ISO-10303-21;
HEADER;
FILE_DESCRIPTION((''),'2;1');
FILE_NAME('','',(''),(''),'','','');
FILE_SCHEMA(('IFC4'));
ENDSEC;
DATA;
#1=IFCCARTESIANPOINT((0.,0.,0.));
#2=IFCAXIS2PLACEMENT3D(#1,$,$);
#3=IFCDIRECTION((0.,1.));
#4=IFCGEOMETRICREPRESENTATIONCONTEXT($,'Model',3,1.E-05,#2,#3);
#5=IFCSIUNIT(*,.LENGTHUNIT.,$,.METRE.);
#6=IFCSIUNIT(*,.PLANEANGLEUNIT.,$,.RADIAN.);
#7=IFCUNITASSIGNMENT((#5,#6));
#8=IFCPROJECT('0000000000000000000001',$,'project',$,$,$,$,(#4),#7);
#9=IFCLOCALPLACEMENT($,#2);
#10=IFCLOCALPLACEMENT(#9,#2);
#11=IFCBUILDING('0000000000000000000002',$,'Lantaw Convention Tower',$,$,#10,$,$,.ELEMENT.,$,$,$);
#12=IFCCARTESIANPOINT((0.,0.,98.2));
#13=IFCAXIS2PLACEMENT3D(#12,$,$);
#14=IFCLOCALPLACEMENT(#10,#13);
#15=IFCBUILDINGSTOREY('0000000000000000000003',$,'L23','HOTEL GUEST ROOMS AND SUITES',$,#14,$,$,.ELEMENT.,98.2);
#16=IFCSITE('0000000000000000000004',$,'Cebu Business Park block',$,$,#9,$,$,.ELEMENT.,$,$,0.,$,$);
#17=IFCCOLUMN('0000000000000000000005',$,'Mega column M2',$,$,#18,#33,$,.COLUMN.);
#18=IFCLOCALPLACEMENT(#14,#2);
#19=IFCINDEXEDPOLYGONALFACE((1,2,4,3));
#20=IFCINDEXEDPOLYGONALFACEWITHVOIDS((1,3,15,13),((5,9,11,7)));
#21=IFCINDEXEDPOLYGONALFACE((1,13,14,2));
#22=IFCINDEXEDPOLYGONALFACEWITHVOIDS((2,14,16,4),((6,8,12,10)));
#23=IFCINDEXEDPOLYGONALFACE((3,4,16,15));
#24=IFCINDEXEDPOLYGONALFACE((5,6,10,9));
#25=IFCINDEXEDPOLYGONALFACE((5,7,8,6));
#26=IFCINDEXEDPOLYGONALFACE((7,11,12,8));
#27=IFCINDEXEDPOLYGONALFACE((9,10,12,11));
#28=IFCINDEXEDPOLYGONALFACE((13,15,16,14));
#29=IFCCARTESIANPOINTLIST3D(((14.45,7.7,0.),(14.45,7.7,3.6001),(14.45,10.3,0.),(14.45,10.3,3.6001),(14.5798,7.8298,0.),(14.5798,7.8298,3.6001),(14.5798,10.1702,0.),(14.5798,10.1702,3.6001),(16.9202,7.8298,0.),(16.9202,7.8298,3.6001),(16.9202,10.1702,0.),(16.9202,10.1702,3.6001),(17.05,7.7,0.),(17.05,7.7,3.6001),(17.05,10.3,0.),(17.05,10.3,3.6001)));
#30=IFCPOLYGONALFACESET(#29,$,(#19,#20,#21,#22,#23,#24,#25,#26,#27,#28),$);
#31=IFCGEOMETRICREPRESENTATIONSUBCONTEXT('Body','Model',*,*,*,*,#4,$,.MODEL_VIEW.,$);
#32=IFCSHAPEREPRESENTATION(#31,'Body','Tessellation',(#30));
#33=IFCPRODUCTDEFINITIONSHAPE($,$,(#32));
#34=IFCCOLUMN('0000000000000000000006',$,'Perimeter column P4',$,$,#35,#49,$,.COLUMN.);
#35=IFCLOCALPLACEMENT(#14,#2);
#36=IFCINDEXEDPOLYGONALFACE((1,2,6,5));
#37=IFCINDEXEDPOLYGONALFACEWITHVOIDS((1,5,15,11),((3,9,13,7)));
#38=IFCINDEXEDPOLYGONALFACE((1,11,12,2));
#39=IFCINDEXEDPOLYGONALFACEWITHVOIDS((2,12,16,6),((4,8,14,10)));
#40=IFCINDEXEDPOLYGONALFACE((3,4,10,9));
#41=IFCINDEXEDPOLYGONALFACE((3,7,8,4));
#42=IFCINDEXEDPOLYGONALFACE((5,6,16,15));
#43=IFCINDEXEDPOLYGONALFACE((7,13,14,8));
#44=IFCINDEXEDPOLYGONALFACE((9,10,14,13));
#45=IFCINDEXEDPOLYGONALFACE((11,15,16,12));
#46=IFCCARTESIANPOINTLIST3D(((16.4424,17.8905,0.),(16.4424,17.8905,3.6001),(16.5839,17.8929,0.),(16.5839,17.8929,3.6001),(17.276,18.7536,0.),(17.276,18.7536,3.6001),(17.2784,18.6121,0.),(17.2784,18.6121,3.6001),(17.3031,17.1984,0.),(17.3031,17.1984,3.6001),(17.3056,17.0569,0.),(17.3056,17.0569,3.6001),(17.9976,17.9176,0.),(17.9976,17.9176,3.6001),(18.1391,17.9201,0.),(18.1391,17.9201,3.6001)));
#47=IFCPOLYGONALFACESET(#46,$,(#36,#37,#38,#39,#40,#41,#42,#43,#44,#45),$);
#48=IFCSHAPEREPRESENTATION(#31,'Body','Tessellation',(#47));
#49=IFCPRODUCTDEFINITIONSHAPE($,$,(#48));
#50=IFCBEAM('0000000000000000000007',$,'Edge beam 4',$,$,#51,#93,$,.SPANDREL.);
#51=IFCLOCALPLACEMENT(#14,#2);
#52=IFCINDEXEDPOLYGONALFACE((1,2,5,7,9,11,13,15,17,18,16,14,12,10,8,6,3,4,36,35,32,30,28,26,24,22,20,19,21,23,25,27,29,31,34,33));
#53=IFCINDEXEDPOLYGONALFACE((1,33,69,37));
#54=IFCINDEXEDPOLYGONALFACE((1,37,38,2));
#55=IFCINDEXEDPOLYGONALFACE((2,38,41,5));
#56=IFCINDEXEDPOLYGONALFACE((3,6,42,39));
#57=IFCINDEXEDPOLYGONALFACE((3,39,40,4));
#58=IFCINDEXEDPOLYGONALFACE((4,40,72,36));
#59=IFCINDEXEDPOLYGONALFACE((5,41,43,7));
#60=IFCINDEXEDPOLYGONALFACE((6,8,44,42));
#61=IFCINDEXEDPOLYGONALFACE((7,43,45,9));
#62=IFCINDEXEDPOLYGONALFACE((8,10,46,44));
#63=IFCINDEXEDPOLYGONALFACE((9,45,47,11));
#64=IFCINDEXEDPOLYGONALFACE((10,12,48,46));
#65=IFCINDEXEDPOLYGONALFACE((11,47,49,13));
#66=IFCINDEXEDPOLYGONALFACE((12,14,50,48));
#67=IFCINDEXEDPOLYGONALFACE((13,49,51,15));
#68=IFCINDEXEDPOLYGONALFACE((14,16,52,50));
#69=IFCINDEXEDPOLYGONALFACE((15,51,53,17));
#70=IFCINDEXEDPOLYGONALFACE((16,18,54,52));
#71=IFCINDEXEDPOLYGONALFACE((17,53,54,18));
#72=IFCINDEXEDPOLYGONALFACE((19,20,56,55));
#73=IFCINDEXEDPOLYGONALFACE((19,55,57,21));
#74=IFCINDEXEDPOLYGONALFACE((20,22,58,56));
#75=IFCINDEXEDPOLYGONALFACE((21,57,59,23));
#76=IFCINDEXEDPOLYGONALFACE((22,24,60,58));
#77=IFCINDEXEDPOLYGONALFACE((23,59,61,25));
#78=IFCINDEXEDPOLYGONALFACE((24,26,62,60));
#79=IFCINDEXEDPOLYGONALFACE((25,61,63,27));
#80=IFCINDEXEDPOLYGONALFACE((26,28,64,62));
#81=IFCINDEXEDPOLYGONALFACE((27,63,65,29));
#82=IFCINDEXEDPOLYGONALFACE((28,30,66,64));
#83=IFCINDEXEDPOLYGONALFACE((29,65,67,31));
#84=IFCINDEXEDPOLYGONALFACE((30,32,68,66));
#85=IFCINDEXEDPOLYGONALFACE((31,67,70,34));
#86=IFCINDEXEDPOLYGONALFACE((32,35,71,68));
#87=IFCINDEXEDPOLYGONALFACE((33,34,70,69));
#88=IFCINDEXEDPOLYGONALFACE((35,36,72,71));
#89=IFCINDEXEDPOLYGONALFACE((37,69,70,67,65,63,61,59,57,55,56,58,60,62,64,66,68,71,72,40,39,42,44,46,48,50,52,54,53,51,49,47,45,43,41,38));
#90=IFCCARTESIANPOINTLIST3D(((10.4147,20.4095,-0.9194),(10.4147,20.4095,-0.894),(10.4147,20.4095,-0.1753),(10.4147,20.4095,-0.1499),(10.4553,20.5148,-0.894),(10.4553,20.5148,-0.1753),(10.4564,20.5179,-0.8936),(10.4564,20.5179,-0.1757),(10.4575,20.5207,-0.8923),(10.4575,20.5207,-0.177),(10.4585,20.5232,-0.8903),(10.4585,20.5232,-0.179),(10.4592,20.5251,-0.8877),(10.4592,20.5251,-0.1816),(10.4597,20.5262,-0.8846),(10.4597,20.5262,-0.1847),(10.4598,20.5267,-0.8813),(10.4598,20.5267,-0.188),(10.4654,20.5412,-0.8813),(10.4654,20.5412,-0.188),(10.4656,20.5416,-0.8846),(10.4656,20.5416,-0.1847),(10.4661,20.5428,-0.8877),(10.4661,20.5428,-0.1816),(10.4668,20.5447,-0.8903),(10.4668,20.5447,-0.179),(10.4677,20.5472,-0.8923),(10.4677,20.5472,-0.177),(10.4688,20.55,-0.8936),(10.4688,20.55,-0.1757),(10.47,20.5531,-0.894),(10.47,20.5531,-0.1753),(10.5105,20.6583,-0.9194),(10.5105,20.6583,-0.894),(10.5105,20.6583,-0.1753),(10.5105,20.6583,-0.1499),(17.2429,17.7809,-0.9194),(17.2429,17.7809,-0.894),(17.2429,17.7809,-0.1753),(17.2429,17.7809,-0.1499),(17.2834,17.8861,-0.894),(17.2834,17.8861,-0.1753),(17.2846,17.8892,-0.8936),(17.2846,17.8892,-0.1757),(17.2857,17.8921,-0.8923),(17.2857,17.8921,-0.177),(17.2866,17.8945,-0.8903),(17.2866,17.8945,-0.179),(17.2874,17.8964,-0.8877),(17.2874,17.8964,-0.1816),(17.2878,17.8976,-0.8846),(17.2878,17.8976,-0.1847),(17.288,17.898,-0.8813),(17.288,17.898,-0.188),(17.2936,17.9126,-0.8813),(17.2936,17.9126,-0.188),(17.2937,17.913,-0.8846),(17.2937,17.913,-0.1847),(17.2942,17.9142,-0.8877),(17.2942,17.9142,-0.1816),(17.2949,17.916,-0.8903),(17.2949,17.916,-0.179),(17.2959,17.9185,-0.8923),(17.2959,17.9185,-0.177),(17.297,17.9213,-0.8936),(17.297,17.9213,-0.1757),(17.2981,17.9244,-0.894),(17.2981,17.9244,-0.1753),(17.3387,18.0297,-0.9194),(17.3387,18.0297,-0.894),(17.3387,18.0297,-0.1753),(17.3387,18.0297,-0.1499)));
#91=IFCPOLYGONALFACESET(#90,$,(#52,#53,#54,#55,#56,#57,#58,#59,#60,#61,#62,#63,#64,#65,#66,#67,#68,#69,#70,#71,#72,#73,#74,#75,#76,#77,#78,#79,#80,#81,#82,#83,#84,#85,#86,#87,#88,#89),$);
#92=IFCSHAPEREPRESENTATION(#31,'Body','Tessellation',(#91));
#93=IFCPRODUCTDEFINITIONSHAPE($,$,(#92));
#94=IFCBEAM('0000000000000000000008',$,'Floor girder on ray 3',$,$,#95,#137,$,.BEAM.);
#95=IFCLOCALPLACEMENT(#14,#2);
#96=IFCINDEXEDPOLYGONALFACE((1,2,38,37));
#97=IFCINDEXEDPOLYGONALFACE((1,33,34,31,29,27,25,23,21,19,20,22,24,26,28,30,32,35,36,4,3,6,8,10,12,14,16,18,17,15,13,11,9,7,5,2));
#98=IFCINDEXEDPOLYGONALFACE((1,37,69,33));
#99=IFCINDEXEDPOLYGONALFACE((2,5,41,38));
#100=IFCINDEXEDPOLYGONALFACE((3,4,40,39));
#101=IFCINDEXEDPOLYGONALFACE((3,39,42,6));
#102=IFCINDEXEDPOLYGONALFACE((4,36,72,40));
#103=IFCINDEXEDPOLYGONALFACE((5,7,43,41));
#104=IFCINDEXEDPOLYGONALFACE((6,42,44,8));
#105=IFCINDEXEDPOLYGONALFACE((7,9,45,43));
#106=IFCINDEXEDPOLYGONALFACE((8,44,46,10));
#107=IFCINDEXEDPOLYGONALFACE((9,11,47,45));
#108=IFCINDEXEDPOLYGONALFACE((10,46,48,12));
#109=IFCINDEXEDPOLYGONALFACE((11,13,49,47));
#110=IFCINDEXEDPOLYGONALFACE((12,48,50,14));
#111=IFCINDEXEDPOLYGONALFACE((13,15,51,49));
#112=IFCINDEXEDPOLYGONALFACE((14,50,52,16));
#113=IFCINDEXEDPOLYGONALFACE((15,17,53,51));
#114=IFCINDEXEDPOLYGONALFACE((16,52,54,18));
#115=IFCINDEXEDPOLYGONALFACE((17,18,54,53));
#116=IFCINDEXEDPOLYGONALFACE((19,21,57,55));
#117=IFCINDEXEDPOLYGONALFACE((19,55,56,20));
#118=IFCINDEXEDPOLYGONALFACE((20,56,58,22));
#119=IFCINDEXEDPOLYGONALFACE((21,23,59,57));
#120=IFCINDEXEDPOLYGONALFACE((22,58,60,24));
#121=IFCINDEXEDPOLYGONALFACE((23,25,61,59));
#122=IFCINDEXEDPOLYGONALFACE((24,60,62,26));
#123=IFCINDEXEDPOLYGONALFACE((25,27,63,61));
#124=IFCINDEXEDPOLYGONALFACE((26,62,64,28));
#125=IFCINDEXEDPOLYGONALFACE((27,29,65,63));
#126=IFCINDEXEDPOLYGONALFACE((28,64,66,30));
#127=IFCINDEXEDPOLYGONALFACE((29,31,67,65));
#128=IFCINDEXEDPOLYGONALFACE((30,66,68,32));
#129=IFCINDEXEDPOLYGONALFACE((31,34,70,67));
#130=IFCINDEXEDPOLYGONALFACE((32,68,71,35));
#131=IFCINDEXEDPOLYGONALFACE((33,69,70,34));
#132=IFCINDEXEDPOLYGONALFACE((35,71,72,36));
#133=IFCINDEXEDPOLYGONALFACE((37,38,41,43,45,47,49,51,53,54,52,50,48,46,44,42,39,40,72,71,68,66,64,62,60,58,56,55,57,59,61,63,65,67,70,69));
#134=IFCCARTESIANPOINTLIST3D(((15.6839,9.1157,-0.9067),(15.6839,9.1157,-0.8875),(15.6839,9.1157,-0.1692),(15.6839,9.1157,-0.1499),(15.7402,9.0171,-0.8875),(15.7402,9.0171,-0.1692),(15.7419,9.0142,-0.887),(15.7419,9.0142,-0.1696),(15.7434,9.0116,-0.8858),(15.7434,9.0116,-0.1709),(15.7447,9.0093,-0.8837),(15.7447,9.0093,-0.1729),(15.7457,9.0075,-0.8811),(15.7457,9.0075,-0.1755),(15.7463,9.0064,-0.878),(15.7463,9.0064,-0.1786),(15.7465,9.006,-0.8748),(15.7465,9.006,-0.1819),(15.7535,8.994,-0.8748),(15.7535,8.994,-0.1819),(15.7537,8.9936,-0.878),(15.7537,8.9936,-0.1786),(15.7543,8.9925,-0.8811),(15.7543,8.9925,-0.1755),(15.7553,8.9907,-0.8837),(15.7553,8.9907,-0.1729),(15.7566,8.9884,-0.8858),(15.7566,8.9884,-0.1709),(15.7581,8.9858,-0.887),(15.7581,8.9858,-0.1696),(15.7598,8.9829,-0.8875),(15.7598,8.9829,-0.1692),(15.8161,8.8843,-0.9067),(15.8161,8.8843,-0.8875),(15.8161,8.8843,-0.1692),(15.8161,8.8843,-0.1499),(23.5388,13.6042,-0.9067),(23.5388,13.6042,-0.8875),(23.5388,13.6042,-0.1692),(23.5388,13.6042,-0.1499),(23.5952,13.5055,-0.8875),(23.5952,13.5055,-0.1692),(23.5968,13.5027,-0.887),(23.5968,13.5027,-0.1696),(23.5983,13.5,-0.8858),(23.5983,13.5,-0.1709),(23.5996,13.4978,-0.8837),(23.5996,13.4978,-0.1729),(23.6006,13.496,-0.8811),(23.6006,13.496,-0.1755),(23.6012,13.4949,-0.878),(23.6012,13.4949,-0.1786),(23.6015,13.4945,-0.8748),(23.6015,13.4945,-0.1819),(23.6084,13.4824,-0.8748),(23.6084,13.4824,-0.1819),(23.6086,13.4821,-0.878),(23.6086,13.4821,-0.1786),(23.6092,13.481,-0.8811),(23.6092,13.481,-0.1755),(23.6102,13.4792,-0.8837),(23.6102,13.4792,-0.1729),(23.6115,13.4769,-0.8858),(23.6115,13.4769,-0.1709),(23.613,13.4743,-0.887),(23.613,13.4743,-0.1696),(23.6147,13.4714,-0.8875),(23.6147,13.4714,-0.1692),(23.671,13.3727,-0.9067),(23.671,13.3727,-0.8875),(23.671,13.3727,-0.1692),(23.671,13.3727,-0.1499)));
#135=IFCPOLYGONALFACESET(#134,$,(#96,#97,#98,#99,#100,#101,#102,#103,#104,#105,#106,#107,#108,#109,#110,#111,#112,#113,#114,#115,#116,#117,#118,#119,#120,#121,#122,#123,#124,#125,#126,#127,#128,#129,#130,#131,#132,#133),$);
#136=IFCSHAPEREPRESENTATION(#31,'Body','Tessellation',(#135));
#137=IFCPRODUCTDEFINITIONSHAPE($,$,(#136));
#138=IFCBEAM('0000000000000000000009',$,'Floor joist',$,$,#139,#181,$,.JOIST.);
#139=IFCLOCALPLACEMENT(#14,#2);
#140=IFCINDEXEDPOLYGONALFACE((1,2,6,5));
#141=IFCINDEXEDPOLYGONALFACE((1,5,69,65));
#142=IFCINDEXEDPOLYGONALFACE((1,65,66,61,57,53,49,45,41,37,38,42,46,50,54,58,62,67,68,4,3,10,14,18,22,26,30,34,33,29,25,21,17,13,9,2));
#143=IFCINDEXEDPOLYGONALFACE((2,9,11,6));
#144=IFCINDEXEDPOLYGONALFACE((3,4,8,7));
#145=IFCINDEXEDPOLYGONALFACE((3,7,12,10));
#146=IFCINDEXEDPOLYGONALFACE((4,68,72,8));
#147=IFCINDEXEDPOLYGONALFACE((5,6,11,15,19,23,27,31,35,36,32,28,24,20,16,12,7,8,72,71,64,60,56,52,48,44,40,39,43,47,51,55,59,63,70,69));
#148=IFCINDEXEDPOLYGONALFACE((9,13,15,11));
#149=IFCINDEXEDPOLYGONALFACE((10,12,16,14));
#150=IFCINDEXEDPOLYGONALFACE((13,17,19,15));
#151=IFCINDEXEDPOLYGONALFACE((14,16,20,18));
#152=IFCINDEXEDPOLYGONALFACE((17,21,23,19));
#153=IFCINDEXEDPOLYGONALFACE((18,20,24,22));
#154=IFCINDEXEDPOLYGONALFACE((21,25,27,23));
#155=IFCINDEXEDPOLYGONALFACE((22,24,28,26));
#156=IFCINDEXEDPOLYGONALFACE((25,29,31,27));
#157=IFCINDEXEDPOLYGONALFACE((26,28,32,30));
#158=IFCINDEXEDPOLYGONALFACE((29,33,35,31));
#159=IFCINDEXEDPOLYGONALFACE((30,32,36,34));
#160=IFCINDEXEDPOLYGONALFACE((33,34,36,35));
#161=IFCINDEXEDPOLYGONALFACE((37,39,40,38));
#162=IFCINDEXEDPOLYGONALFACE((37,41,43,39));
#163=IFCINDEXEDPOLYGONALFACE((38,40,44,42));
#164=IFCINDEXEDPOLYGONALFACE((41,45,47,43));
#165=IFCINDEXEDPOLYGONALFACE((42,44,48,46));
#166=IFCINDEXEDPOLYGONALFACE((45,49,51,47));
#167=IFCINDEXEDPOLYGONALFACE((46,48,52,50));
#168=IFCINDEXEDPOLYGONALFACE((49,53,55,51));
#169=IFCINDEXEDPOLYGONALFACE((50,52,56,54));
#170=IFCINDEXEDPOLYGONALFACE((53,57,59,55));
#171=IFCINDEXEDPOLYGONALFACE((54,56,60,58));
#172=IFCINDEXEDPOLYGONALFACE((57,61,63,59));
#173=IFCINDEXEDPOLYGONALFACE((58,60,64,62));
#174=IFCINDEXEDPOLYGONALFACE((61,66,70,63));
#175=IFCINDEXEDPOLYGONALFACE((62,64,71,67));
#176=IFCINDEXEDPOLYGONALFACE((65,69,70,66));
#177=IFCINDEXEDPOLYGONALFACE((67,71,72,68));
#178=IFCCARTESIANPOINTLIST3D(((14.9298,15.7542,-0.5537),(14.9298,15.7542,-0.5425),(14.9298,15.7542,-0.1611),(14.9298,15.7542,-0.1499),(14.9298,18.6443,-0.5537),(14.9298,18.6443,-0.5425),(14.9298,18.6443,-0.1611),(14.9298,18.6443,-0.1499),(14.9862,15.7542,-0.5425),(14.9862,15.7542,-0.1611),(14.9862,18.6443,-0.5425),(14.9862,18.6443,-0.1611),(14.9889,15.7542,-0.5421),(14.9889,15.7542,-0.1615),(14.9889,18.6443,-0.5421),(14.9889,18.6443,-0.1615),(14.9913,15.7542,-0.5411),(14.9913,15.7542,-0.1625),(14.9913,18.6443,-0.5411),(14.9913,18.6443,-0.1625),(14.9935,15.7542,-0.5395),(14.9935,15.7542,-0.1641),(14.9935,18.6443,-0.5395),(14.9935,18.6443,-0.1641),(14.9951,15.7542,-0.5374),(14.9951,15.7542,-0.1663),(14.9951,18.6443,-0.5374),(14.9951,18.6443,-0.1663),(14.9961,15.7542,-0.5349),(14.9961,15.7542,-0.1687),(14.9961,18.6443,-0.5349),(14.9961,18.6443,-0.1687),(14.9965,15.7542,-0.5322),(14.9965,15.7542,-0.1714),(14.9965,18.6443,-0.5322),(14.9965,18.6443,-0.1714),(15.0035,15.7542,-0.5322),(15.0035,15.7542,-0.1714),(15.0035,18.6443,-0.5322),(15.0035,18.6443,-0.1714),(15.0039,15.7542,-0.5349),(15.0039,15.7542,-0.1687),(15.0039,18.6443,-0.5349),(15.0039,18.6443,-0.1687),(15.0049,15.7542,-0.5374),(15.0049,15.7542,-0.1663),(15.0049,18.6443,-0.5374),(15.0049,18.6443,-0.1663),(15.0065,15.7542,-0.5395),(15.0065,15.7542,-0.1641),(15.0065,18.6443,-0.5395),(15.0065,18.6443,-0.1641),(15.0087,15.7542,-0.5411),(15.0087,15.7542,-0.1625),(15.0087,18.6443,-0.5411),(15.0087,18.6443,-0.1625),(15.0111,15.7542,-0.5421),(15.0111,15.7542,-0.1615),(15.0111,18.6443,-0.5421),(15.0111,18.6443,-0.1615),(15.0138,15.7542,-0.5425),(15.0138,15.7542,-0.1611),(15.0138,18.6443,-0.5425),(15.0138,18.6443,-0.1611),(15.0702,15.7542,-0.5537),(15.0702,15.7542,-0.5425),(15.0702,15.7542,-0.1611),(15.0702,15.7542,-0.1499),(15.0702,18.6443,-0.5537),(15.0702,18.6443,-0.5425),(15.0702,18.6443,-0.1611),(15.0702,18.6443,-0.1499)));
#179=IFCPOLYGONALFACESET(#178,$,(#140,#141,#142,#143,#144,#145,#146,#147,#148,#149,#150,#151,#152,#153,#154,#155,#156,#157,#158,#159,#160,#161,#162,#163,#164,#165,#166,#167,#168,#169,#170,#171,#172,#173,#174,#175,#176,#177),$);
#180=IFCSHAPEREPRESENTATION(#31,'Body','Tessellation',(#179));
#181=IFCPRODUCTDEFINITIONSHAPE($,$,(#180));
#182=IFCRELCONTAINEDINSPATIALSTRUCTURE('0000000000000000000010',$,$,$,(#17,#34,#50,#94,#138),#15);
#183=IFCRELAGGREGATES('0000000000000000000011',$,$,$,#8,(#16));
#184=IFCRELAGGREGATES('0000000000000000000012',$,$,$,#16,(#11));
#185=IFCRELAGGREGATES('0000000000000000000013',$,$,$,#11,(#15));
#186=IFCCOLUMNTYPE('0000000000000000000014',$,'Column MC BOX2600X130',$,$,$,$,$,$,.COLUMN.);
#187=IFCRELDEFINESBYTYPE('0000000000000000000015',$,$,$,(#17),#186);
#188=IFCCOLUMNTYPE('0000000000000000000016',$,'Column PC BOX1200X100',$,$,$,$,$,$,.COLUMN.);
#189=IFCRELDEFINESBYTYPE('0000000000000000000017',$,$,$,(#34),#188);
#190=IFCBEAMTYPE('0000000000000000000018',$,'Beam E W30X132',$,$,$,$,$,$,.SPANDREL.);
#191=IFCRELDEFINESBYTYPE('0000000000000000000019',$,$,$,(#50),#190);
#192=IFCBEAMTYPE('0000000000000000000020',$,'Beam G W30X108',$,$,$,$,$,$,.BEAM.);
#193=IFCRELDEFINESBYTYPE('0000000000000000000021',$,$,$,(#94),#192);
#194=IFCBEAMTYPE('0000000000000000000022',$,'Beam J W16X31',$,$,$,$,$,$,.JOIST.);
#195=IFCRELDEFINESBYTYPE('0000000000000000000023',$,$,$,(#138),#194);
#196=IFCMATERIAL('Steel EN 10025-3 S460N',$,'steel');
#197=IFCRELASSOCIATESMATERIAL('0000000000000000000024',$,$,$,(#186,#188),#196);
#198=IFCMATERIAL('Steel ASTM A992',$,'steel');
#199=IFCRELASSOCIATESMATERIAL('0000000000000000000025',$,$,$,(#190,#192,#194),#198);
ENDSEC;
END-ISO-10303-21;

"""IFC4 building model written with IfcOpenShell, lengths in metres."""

from ifc_helpers import new_model, si_unit, direction, frame, origin, origin_2d, place, context, subcontext, project, spatial, rectangle, hollow_rectangle, i_section, extrude, material, material_profile, profile_set, type_object, element, save


model = new_model("IFC4")

# Units and contexts
model_context = context("Model", 3, precision=1e-05, world=origin(), true_north=direction((0.0, 1.0)))
body_context = subcontext(model_context, "Body", "Model", "MODEL_VIEW")
ifc_project = project(units=[si_unit("LENGTHUNIT", "METRE"), si_unit("PLANEANGLEUNIT", "RADIAN")], contexts=[model_context])

# Site, building, storey
site_placement = place(None, origin())
site = spatial("IfcSite", under=ifc_project, at=site_placement, Name="Cebu Business Park block", CompositionType="ELEMENT", RefElevation=0.0)
building_placement = place(site_placement, origin())
building = spatial("IfcBuilding", under=site, at=building_placement, Name="Lantaw Convention Tower", CompositionType="ELEMENT")
storey_placement = place(building_placement, frame((0.0, 0.0, 98.2)))
storey = spatial("IfcBuildingStorey", under=building, at=storey_placement, Name="L23", Description="HOTEL GUEST ROOMS AND SUITES", CompositionType="ELEMENT", Elevation=98.2)

# Columns
ifc_material_1 = material(Name="Steel EN 10025-3 S460N", Category="steel")
ifc_material_profile_1 = material_profile(ifc_material_1, hollow_rectangle(XDim=2.6001, YDim=2.6001, WallThickness=0.1299, at=origin_2d()), Name="BOX2600X130")
ifc_material_2 = material(Name="Concrete C60/75", Category="concrete")
ifc_material_profile_2 = material_profile(ifc_material_2, rectangle(XDim=2.3401, YDim=2.3401, at=origin_2d()), Name="Concrete fill of BOX2600X130")
ifc_profile_set_1 = profile_set([ifc_material_profile_1, ifc_material_profile_2], Name="Steel EN 10025-3 S460N")
column_type_1 = type_object("IfcColumnType", Name="Column MC BOX2600X130", PredefinedType="COLUMN", material=ifc_profile_set_1)
column_1_placement = place(storey_placement, frame((15.75, 9.0, 0.0), z_axis=(0.0, 0.0, 1.0), x_axis=(1.0, 0.0, 0.0)))
element("IfcColumn", 1, at=column_1_placement, inside=storey, type_object=column_type_1, Name="Mega column M2", PredefinedType="COLUMN", context=body_context, shape_type="SweptSolid", body=[
    extrude(hollow_rectangle(XDim=2.6001, YDim=2.6001, WallThickness=0.1299, at=origin_2d()), origin(), (0.0, 0.0, 1.0), 3.6001),
])
ifc_material_profile_3 = material_profile(ifc_material_1, hollow_rectangle(XDim=1.2, YDim=1.2, WallThickness=0.1001, at=origin_2d()), Name="BOX1200X100")
ifc_material_profile_4 = material_profile(ifc_material_2, rectangle(XDim=1.0, YDim=1.0, at=origin_2d()), Name="Concrete fill of BOX1200X100")
ifc_profile_set_2 = profile_set([ifc_material_profile_3, ifc_material_profile_4], Name="Steel EN 10025-3 S460N")
column_type_2 = type_object("IfcColumnType", Name="Column PC BOX1200X100", PredefinedType="COLUMN", material=ifc_profile_set_2)
column_2_placement = place(storey_placement, frame((17.2908, 17.9053, 0.0), z_axis=(0.0, 0.0, 1.0), x_axis=(0.694658, 0.71934, 0.0)))
element("IfcColumn", 2, at=column_2_placement, inside=storey, type_object=column_type_2, Name="Perimeter column P4", PredefinedType="COLUMN", context=body_context, shape_type="SweptSolid", body=[
    extrude(hollow_rectangle(XDim=1.2, YDim=1.2, WallThickness=0.1001, at=origin_2d()), origin(), (0.0, 0.0, 1.0), 3.6001),
])

# Beams
ifc_material_3 = material(Name="Steel ASTM A992", Category="steel")
ifc_material_profile_5 = material_profile(ifc_material_3, i_section(OverallWidth=0.2666, OverallDepth=0.7695, WebThickness=0.0156, FlangeThickness=0.0254, FilletRadius=0.0127, at=origin_2d()), Name="W30X132")
ifc_profile_set_3 = profile_set([ifc_material_profile_5], Name="Steel ASTM A992")
beam_type_1 = type_object("IfcBeamType", Name="Beam E W30X132", PredefinedType="SPANDREL", material=ifc_profile_set_3)
beam_1_placement = place(storey_placement, frame((17.2908, 17.9053, -0.5347), z_axis=(-0.933233, 0.359272, 0.0), x_axis=(-0.359272, -0.933233, 0.0)))
element("IfcBeam", 3, at=beam_1_placement, inside=storey, type_object=beam_type_1, Name="Edge beam 4", PredefinedType="SPANDREL", context=body_context, shape_type="SweptSolid", body=[
    extrude(i_section(OverallWidth=0.2666, OverallDepth=0.7695, WebThickness=0.0156, FlangeThickness=0.0254, FilletRadius=0.0127, at=origin_2d()), origin(), (0.0, 0.0, 1.0), 7.3167),
])
ifc_material_profile_6 = material_profile(ifc_material_3, i_section(OverallWidth=0.2666, OverallDepth=0.7568, WebThickness=0.0139, FlangeThickness=0.0193, FilletRadius=0.0127, at=origin_2d()), Name="W30X108")
ifc_profile_set_4 = profile_set([ifc_material_profile_6], Name="Steel ASTM A992")
beam_type_2 = type_object("IfcBeamType", Name="Beam G W30X108", PredefinedType="BEAM", material=ifc_profile_set_4)
beam_2_placement = place(storey_placement, frame((15.75, 9.0, -0.5283), z_axis=(0.868245, 0.496136, 0.0), x_axis=(-0.496136, 0.868245, 0.0)))
element("IfcBeam", 4, at=beam_2_placement, inside=storey, type_object=beam_type_2, Name="Floor girder on ray 3", PredefinedType="BEAM", context=body_context, shape_type="SweptSolid", body=[
    extrude(i_section(OverallWidth=0.2666, OverallDepth=0.7568, WebThickness=0.0139, FlangeThickness=0.0193, FilletRadius=0.0127, at=origin_2d()), origin(), (0.0, 0.0, 1.0), 9.0469),
])
ifc_material_profile_7 = material_profile(ifc_material_3, i_section(OverallWidth=0.1404, OverallDepth=0.4038, WebThickness=0.0071, FlangeThickness=0.0112, FilletRadius=0.0103, at=origin_2d()), Name="W16X31")
ifc_profile_set_5 = profile_set([ifc_material_profile_7], Name="Steel ASTM A992")
beam_type_3 = type_object("IfcBeamType", Name="Beam J W16X31", PredefinedType="JOIST", material=ifc_profile_set_5)
beam_3_placement = place(storey_placement, frame((15.0, 15.7542, -0.3518), z_axis=(0.0, 1.0, 0.0), x_axis=(-1.0, 0.0, 0.0)))
element("IfcBeam", 5, at=beam_3_placement, inside=storey, type_object=beam_type_3, Name="Floor joist", PredefinedType="JOIST", context=body_context, shape_type="SweptSolid", body=[
    extrude(i_section(OverallWidth=0.1404, OverallDepth=0.4038, WebThickness=0.0071, FlangeThickness=0.0112, FilletRadius=0.0103, at=origin_2d()), origin(), (0.0, 0.0, 1.0), 2.8901),
])

save(model, "model.ifc")
